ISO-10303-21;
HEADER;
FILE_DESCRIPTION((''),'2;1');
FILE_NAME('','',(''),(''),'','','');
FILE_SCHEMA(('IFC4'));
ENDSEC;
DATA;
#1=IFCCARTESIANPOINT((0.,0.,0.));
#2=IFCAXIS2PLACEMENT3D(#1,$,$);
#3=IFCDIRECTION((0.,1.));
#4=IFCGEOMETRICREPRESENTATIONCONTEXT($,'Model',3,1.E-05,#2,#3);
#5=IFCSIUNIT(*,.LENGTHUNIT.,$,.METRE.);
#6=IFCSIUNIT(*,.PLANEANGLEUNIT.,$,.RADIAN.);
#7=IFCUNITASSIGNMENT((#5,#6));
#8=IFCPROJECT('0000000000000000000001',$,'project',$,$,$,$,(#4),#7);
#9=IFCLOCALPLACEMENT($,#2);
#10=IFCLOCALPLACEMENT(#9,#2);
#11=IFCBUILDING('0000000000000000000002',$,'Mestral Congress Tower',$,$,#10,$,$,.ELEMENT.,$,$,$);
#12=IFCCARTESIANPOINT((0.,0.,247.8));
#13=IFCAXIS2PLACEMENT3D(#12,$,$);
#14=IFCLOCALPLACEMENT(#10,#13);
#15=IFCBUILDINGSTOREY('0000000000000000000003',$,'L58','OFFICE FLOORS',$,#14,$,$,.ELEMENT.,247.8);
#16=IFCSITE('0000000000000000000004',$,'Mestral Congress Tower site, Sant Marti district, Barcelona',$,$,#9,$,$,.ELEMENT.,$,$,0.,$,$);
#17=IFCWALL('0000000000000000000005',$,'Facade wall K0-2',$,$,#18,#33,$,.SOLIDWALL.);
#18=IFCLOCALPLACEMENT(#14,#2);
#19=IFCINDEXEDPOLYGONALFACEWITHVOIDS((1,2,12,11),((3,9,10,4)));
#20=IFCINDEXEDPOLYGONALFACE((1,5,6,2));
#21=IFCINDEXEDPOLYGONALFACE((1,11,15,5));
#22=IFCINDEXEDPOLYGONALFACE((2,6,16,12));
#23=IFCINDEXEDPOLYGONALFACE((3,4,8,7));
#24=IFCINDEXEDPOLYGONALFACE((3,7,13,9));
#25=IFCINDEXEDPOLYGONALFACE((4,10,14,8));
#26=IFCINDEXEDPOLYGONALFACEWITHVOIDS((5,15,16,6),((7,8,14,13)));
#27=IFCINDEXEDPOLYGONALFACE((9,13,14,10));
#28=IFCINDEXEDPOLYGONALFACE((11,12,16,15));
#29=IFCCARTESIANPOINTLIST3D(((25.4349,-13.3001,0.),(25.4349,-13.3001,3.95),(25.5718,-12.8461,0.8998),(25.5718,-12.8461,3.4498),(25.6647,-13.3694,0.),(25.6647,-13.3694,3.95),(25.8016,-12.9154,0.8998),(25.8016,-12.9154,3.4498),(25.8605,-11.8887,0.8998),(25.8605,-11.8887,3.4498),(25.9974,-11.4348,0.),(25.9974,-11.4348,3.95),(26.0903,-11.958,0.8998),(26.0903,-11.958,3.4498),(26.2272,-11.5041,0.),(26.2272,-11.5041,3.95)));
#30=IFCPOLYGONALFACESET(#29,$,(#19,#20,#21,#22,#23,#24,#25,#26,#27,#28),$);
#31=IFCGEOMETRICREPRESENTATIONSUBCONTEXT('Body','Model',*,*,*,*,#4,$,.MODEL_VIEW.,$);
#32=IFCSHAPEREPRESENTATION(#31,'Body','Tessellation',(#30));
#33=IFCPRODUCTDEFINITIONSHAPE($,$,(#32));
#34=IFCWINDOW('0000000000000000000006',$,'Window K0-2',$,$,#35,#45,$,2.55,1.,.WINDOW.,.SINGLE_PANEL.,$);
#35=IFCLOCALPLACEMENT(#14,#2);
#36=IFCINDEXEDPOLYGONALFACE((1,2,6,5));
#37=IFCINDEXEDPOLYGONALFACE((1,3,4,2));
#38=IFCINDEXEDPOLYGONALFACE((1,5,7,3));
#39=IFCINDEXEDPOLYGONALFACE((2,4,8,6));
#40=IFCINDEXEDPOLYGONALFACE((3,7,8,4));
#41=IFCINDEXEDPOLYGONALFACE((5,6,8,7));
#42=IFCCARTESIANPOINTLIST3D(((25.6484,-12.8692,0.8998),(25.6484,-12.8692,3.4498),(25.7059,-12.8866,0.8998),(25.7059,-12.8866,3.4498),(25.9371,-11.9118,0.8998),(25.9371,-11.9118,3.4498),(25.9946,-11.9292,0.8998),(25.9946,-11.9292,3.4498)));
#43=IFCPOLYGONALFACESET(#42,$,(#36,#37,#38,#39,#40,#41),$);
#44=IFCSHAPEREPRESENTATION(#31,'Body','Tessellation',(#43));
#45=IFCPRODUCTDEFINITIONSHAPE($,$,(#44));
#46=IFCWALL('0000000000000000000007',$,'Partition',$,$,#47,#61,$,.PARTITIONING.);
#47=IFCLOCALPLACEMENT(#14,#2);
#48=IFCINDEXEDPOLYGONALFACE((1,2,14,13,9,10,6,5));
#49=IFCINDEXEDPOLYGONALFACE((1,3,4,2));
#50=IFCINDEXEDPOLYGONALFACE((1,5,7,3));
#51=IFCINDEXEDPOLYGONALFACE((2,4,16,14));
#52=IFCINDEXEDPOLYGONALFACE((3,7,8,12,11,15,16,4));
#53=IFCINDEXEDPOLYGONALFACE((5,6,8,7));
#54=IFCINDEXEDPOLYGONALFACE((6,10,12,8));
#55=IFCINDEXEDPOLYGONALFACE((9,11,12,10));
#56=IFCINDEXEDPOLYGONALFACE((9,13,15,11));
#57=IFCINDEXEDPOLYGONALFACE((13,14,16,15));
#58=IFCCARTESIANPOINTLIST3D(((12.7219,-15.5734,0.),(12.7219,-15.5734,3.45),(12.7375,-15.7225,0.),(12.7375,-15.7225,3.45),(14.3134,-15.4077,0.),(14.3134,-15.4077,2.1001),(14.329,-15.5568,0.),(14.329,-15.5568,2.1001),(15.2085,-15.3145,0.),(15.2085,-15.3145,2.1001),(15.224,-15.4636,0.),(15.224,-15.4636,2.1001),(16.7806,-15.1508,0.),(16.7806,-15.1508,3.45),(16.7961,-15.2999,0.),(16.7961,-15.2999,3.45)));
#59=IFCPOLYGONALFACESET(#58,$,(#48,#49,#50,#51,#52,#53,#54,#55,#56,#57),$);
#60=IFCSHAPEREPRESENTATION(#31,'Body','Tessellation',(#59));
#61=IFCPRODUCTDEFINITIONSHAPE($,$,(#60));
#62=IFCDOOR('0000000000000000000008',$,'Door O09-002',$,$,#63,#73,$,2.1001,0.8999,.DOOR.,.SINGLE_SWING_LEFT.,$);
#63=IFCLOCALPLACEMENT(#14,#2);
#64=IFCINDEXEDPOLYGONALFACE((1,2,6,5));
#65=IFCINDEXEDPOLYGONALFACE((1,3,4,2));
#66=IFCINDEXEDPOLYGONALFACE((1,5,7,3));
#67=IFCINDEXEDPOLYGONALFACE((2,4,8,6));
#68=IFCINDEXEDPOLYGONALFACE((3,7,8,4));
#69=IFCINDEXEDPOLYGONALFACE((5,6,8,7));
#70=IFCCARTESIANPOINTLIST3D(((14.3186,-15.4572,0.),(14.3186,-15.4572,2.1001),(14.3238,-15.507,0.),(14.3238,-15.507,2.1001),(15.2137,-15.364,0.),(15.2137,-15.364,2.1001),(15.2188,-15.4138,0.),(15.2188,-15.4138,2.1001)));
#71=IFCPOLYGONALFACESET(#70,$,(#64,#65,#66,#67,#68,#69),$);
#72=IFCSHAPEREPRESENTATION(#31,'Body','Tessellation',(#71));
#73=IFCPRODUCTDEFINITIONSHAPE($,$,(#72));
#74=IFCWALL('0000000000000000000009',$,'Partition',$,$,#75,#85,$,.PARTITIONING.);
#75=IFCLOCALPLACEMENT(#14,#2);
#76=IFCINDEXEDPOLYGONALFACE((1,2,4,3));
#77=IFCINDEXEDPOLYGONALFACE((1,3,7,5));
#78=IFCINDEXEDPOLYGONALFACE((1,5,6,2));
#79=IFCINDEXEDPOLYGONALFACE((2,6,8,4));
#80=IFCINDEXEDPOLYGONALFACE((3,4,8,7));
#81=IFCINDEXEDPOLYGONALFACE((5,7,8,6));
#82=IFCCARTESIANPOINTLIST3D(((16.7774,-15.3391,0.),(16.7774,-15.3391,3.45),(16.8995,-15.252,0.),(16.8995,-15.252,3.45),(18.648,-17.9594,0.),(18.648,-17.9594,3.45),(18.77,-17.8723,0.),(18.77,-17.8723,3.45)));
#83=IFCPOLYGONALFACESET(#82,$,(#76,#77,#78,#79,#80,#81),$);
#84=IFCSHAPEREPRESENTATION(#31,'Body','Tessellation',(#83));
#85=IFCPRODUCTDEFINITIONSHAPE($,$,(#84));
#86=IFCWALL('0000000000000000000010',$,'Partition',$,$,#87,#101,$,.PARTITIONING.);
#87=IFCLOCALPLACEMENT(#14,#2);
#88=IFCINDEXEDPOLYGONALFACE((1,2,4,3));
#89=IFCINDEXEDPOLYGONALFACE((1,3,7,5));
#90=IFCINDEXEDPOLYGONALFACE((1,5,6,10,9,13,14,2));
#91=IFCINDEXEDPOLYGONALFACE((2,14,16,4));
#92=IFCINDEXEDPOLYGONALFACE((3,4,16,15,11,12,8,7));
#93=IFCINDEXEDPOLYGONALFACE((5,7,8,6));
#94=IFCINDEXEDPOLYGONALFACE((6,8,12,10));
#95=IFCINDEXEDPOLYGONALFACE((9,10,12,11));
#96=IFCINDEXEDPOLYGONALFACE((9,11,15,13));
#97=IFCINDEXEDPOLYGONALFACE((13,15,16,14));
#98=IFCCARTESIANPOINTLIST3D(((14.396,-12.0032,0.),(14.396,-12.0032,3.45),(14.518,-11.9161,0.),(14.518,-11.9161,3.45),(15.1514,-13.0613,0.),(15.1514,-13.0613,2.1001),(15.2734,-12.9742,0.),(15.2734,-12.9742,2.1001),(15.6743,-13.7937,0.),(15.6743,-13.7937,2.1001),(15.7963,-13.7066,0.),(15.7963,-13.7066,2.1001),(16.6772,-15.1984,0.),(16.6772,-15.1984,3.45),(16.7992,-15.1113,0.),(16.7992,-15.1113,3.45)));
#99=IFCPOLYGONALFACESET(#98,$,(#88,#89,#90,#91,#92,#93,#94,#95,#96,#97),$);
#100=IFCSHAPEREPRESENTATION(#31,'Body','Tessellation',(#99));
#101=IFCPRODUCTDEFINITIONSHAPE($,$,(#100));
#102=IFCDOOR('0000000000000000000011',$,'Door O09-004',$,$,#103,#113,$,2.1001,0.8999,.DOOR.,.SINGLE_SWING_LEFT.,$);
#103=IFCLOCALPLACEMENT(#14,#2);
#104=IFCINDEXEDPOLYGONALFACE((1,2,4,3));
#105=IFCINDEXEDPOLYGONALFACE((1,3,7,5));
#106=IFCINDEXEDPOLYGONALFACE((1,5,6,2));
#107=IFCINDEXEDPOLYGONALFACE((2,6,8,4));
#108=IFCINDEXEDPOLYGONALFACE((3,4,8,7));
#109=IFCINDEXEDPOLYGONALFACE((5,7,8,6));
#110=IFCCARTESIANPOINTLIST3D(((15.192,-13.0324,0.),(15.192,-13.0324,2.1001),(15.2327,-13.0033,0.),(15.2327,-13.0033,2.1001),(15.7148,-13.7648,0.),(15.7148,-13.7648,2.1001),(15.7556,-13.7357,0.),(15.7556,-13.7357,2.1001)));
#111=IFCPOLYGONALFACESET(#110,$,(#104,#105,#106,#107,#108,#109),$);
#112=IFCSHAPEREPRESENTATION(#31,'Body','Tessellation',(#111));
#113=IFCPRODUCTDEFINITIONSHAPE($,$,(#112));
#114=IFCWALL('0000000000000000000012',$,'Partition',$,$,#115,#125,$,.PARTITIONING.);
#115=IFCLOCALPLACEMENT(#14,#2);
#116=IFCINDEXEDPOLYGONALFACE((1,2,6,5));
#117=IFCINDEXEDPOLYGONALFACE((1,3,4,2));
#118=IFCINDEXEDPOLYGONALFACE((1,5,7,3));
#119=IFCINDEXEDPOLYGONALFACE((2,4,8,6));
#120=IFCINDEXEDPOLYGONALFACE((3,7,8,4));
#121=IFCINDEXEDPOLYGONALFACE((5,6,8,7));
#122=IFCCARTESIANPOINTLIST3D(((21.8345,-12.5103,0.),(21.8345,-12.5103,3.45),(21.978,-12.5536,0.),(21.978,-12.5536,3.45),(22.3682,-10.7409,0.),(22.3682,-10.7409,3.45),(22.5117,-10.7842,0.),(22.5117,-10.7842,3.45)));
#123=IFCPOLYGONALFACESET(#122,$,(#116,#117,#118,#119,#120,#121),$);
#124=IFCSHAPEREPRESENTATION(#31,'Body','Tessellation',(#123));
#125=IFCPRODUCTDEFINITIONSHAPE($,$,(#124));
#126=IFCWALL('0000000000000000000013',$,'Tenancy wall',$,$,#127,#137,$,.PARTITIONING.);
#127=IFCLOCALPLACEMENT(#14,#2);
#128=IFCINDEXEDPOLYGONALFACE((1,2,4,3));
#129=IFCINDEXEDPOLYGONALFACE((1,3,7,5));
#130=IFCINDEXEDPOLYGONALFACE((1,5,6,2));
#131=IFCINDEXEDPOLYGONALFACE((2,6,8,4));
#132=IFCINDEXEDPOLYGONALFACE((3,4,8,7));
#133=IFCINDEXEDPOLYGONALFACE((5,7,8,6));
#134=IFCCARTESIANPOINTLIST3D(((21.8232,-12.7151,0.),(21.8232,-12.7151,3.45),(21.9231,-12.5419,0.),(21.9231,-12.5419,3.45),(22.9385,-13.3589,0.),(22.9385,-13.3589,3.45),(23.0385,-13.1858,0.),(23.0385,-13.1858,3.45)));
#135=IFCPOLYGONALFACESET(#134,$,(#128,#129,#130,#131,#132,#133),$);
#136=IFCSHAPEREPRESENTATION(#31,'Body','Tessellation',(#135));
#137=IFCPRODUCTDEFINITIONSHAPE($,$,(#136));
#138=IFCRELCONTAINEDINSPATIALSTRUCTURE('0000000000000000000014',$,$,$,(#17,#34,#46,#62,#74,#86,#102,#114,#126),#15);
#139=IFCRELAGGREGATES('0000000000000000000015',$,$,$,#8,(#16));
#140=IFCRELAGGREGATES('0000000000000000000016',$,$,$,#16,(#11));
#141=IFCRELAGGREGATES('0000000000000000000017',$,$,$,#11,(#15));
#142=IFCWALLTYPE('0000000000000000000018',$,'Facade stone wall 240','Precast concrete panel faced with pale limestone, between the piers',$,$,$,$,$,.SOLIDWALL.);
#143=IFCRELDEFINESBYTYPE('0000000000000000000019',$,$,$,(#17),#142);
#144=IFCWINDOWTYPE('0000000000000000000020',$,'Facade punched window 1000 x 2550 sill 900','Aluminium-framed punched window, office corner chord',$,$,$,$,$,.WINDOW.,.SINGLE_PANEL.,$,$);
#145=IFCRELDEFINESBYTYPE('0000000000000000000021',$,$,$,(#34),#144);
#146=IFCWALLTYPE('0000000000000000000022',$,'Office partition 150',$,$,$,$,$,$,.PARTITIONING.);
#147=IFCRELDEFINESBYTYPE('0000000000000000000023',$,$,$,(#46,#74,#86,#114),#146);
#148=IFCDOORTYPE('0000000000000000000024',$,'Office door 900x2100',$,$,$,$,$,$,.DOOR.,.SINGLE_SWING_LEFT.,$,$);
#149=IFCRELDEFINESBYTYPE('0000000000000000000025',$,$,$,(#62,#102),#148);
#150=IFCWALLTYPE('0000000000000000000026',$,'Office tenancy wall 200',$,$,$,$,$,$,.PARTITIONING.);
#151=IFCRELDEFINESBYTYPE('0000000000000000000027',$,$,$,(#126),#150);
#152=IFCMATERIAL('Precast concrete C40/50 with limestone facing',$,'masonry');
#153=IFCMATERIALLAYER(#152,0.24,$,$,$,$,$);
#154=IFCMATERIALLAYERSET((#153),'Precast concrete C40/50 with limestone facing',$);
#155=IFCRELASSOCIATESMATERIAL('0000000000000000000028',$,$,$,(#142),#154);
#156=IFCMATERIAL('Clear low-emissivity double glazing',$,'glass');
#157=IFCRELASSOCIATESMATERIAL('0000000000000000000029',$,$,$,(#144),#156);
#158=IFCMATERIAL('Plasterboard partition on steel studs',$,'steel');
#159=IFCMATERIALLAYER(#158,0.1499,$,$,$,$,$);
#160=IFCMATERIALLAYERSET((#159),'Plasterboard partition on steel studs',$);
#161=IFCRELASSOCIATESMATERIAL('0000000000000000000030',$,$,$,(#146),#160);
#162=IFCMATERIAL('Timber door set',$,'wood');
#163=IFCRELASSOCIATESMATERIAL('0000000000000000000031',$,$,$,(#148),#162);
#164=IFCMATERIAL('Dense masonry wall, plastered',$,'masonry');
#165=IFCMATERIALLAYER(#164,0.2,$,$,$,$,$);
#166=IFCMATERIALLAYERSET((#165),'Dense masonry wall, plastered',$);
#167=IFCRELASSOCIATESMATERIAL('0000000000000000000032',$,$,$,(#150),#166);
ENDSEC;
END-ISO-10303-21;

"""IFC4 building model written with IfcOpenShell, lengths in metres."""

from ifc_helpers import new_model, si_unit, direction, frame, frame_2d, origin, place, context, subcontext, project, spatial, rectangle, extrude, material, layer, layer_set, type_object, element, fill, save


model = new_model("IFC4")

# Units and contexts
model_context = context("Model", 3, precision=1e-05, world=origin(), true_north=direction((0.0, 1.0)))
body_context = subcontext(model_context, "Body", "Model", "MODEL_VIEW")
ifc_project = project(units=[si_unit("LENGTHUNIT", "METRE"), si_unit("PLANEANGLEUNIT", "RADIAN")], contexts=[model_context])

# Site, building, storey
site_placement = place(None, origin())
site = spatial("IfcSite", under=ifc_project, at=site_placement, Name="Mestral Congress Tower site, Sant Marti district, Barcelona", CompositionType="ELEMENT", RefElevation=0.0)
building_placement = place(site_placement, origin())
building = spatial("IfcBuilding", under=site, at=building_placement, Name="Mestral Congress Tower", CompositionType="ELEMENT")
storey_placement = place(building_placement, frame((0.0, 0.0, 247.8)))
storey = spatial("IfcBuildingStorey", under=building, at=storey_placement, Name="L58", Description="OFFICE FLOORS", CompositionType="ELEMENT", Elevation=247.8)

# Shared definitions
ifc_material_1 = material(Name="Precast concrete C40/50 with limestone facing", Category="masonry")
ifc_layer_1 = layer(ifc_material_1, 0.24)
ifc_layer_set_1 = layer_set([ifc_layer_1], Name="Precast concrete C40/50 with limestone facing")
wall_type_1 = type_object("IfcWallType", Name="Facade stone wall 240", Description="Precast concrete panel faced with pale limestone, between the piers", PredefinedType="SOLIDWALL", material=ifc_layer_set_1)
ifc_material_2 = material(Name="Clear low-emissivity double glazing", Category="glass")

# Wall, opening, window
window_type_1 = type_object("IfcWindowType", Name="Facade punched window 1000 x 2550 sill 900", Description="Aluminium-framed punched window, office corner chord", PartitioningType="SINGLE_PANEL", PredefinedType="WINDOW", material=ifc_material_2)
wall_1_placement = place(storey_placement, frame((25.5498, -13.3347, 0.0), z_axis=(0.0, 0.0, 1.0), x_axis=(0.288727, 0.957411, 0.0)))
wall_1 = element("IfcWall", 1, at=wall_1_placement, inside=storey, type_object=wall_type_1, Name="Facade wall K0-2", PredefinedType="SOLIDWALL", context=body_context, shape_type="SweptSolid", body=[
    extrude(rectangle(XDim=1.9482, YDim=0.24, at=frame_2d((0.9741, 0.0))), origin(), (0.0, 0.0, 1.0), 3.95),
])
opening_1_placement = place(wall_1_placement, frame((0.4741, 0.0, 0.8999)))
opening_1 = element("IfcOpeningElement", 2, at=opening_1_placement, cuts=wall_1, PredefinedType="OPENING", context=body_context, shape_type="SweptSolid", body=[
    extrude(rectangle(XDim=1.0, YDim=2.55, at=frame_2d((0.5, 1.2749))), frame((0.0, 0.1299, 0.0), z_axis=(0.0, -1.0, 0.0), x_axis=(1.0, 0.0, 0.0)), (0.0, 0.0, 1.0), 0.26),
])
window_1_placement = place(opening_1_placement, origin())
window_1 = element("IfcWindow", 3, at=window_1_placement, inside=storey, type_object=window_type_1, Name="Window K0-2", OverallHeight=2.55, OverallWidth=1.0, PartitioningType="SINGLE_PANEL", PredefinedType="WINDOW", context=body_context, shape_type="SweptSolid", body=[
    extrude(rectangle(XDim=1.0, YDim=2.55, at=frame_2d((0.5, 1.2749))), frame((0.0, 0.04, 0.0), z_axis=(0.0, -1.0, 0.0), x_axis=(1.0, 0.0, 0.0)), (0.0, 0.0, 1.0), 0.0601),
])
fill(opening_1, window_1)

# Wall, opening, door
ifc_material_3 = material(Name="Plasterboard partition on steel studs", Category="steel")
ifc_layer_2 = layer(ifc_material_3, 0.1499)
ifc_layer_set_2 = layer_set([ifc_layer_2], Name="Plasterboard partition on steel studs")
wall_type_2 = type_object("IfcWallType", Name="Office partition 150", PredefinedType="PARTITIONING", material=ifc_layer_set_2)
wall_2_placement = place(storey_placement, frame((16.7883, -15.2253, 0.0), z_axis=(0.0, 0.0, 1.0), x_axis=(-0.994623, -0.103567, 0.0)))
wall_2 = element("IfcWall", 4, at=wall_2_placement, inside=storey, type_object=wall_type_2, Name="Partition", PredefinedType="PARTITIONING", context=body_context, shape_type="SweptSolid", body=[
    extrude(rectangle(XDim=4.0806, YDim=0.1499, at=frame_2d((2.0403, 0.0))), origin(), (0.0, 0.0, 1.0), 3.45),
])
opening_2_placement = place(wall_2_placement, frame((1.5806, 0.0, 0.0)))
opening_2 = element("IfcOpeningElement", 5, at=opening_2_placement, cuts=wall_2, PredefinedType="OPENING", context=body_context, shape_type="SweptSolid", body=[
    extrude(rectangle(XDim=0.8999, YDim=2.1001, at=frame_2d((0.45, 1.05))), frame((0.0, 0.085, 0.0), z_axis=(0.0, -1.0, 0.0), x_axis=(1.0, 0.0, 0.0)), (0.0, 0.0, 1.0), 0.1699),
])
ifc_material_4 = material(Name="Timber door set", Category="wood")
door_type = type_object("IfcDoorType", Name="Office door 900x2100", OperationType="SINGLE_SWING_LEFT", PredefinedType="DOOR", material=ifc_material_4)
door_1_placement = place(opening_2_placement, origin())
door_1 = element("IfcDoor", 6, at=door_1_placement, inside=storey, type_object=door_type, Name="Door O09-002", OperationType="SINGLE_SWING_LEFT", OverallHeight=2.1001, OverallWidth=0.8999, PredefinedType="DOOR", context=body_context, shape_type="SweptSolid", body=[
    extrude(rectangle(XDim=0.8999, YDim=2.1001, at=frame_2d((0.45, 1.05))), frame((0.0, 0.0249, 0.0), z_axis=(0.0, -1.0, 0.0), x_axis=(1.0, 0.0, 0.0)), (0.0, 0.0, 1.0), 0.05),
])
fill(opening_2, door_1)

# Wall
wall_3_placement = place(storey_placement, frame((16.8384, -15.2954, 0.0), z_axis=(0.0, 0.0, 1.0), x_axis=(0.581016, -0.813892, 0.0)))
element("IfcWall", 7, at=wall_3_placement, inside=storey, type_object=wall_type_2, Name="Partition", PredefinedType="PARTITIONING", context=body_context, shape_type="SweptSolid", body=[
    extrude(rectangle(XDim=3.2195, YDim=0.1499, at=frame_2d((1.6099, 0.0))), origin(), (0.0, 0.0, 1.0), 3.45),
])

# Wall, opening, door
wall_4_placement = place(storey_placement, frame((14.457, -11.9597, 0.0), z_axis=(0.0, 0.0, 1.0), x_axis=(0.58105, -0.813868, 0.0)))
wall_4 = element("IfcWall", 8, at=wall_4_placement, inside=storey, type_object=wall_type_2, Name="Partition", PredefinedType="PARTITIONING", context=body_context, shape_type="SweptSolid", body=[
    extrude(rectangle(XDim=3.926, YDim=0.1499, at=frame_2d((1.9629, 0.0))), origin(), (0.0, 0.0, 1.0), 3.45),
])
opening_3_placement = place(wall_4_placement, frame((1.3, 0.0, 0.0)))
opening_3 = element("IfcOpeningElement", 9, at=opening_3_placement, cuts=wall_4, PredefinedType="OPENING", context=body_context, shape_type="SweptSolid", body=[
    extrude(rectangle(XDim=0.8999, YDim=2.1001, at=frame_2d((0.45, 1.05))), frame((0.0, 0.085, 0.0), z_axis=(0.0, -1.0, 0.0), x_axis=(1.0, 0.0, 0.0)), (0.0, 0.0, 1.0), 0.1699),
])
door_2_placement = place(opening_3_placement, origin())
door_2 = element("IfcDoor", 10, at=door_2_placement, inside=storey, type_object=door_type, Name="Door O09-004", OperationType="SINGLE_SWING_LEFT", OverallHeight=2.1001, OverallWidth=0.8999, PredefinedType="DOOR", context=body_context, shape_type="SweptSolid", body=[
    extrude(rectangle(XDim=0.8999, YDim=2.1001, at=frame_2d((0.45, 1.05))), frame((0.0, 0.0249, 0.0), z_axis=(0.0, -1.0, 0.0), x_axis=(1.0, 0.0, 0.0)), (0.0, 0.0, 1.0), 0.05),
])
fill(opening_3, door_2)

# Walls
wall_5_placement = place(storey_placement, frame((21.9062, -12.532, 0.0), z_axis=(0.0, 0.0, 1.0), x_axis=(0.28879, 0.957393, 0.0)))
element("IfcWall", 11, at=wall_5_placement, inside=storey, type_object=wall_type_2, Name="Partition", PredefinedType="PARTITIONING", context=body_context, shape_type="SweptSolid", body=[
    extrude(rectangle(XDim=1.8481, YDim=0.1499, at=frame_2d((0.9241, 0.0))), origin(), (0.0, 0.0, 1.0), 3.45),
])
ifc_material_5 = material(Name="Dense masonry wall, plastered", Category="masonry")
ifc_layer_3 = layer(ifc_material_5, 0.2)
ifc_layer_set_3 = layer_set([ifc_layer_3], Name="Dense masonry wall, plastered")
wall_type_3 = type_object("IfcWallType", Name="Office tenancy wall 200", PredefinedType="PARTITIONING", material=ifc_layer_set_3)
wall_6_placement = place(storey_placement, frame((21.873, -12.6284, 0.0), z_axis=(0.0, 0.0, 1.0), x_axis=(0.866053, -0.499952, 0.0)))
element("IfcWall", 12, at=wall_6_placement, inside=storey, type_object=wall_type_3, Name="Tenancy wall", PredefinedType="PARTITIONING", context=body_context, shape_type="SweptSolid", body=[
    extrude(rectangle(XDim=1.2878, YDim=0.2, at=frame_2d((0.644, 0.0))), origin(), (0.0, 0.0, 1.0), 3.45),
])

save(model, "model.ifc")
